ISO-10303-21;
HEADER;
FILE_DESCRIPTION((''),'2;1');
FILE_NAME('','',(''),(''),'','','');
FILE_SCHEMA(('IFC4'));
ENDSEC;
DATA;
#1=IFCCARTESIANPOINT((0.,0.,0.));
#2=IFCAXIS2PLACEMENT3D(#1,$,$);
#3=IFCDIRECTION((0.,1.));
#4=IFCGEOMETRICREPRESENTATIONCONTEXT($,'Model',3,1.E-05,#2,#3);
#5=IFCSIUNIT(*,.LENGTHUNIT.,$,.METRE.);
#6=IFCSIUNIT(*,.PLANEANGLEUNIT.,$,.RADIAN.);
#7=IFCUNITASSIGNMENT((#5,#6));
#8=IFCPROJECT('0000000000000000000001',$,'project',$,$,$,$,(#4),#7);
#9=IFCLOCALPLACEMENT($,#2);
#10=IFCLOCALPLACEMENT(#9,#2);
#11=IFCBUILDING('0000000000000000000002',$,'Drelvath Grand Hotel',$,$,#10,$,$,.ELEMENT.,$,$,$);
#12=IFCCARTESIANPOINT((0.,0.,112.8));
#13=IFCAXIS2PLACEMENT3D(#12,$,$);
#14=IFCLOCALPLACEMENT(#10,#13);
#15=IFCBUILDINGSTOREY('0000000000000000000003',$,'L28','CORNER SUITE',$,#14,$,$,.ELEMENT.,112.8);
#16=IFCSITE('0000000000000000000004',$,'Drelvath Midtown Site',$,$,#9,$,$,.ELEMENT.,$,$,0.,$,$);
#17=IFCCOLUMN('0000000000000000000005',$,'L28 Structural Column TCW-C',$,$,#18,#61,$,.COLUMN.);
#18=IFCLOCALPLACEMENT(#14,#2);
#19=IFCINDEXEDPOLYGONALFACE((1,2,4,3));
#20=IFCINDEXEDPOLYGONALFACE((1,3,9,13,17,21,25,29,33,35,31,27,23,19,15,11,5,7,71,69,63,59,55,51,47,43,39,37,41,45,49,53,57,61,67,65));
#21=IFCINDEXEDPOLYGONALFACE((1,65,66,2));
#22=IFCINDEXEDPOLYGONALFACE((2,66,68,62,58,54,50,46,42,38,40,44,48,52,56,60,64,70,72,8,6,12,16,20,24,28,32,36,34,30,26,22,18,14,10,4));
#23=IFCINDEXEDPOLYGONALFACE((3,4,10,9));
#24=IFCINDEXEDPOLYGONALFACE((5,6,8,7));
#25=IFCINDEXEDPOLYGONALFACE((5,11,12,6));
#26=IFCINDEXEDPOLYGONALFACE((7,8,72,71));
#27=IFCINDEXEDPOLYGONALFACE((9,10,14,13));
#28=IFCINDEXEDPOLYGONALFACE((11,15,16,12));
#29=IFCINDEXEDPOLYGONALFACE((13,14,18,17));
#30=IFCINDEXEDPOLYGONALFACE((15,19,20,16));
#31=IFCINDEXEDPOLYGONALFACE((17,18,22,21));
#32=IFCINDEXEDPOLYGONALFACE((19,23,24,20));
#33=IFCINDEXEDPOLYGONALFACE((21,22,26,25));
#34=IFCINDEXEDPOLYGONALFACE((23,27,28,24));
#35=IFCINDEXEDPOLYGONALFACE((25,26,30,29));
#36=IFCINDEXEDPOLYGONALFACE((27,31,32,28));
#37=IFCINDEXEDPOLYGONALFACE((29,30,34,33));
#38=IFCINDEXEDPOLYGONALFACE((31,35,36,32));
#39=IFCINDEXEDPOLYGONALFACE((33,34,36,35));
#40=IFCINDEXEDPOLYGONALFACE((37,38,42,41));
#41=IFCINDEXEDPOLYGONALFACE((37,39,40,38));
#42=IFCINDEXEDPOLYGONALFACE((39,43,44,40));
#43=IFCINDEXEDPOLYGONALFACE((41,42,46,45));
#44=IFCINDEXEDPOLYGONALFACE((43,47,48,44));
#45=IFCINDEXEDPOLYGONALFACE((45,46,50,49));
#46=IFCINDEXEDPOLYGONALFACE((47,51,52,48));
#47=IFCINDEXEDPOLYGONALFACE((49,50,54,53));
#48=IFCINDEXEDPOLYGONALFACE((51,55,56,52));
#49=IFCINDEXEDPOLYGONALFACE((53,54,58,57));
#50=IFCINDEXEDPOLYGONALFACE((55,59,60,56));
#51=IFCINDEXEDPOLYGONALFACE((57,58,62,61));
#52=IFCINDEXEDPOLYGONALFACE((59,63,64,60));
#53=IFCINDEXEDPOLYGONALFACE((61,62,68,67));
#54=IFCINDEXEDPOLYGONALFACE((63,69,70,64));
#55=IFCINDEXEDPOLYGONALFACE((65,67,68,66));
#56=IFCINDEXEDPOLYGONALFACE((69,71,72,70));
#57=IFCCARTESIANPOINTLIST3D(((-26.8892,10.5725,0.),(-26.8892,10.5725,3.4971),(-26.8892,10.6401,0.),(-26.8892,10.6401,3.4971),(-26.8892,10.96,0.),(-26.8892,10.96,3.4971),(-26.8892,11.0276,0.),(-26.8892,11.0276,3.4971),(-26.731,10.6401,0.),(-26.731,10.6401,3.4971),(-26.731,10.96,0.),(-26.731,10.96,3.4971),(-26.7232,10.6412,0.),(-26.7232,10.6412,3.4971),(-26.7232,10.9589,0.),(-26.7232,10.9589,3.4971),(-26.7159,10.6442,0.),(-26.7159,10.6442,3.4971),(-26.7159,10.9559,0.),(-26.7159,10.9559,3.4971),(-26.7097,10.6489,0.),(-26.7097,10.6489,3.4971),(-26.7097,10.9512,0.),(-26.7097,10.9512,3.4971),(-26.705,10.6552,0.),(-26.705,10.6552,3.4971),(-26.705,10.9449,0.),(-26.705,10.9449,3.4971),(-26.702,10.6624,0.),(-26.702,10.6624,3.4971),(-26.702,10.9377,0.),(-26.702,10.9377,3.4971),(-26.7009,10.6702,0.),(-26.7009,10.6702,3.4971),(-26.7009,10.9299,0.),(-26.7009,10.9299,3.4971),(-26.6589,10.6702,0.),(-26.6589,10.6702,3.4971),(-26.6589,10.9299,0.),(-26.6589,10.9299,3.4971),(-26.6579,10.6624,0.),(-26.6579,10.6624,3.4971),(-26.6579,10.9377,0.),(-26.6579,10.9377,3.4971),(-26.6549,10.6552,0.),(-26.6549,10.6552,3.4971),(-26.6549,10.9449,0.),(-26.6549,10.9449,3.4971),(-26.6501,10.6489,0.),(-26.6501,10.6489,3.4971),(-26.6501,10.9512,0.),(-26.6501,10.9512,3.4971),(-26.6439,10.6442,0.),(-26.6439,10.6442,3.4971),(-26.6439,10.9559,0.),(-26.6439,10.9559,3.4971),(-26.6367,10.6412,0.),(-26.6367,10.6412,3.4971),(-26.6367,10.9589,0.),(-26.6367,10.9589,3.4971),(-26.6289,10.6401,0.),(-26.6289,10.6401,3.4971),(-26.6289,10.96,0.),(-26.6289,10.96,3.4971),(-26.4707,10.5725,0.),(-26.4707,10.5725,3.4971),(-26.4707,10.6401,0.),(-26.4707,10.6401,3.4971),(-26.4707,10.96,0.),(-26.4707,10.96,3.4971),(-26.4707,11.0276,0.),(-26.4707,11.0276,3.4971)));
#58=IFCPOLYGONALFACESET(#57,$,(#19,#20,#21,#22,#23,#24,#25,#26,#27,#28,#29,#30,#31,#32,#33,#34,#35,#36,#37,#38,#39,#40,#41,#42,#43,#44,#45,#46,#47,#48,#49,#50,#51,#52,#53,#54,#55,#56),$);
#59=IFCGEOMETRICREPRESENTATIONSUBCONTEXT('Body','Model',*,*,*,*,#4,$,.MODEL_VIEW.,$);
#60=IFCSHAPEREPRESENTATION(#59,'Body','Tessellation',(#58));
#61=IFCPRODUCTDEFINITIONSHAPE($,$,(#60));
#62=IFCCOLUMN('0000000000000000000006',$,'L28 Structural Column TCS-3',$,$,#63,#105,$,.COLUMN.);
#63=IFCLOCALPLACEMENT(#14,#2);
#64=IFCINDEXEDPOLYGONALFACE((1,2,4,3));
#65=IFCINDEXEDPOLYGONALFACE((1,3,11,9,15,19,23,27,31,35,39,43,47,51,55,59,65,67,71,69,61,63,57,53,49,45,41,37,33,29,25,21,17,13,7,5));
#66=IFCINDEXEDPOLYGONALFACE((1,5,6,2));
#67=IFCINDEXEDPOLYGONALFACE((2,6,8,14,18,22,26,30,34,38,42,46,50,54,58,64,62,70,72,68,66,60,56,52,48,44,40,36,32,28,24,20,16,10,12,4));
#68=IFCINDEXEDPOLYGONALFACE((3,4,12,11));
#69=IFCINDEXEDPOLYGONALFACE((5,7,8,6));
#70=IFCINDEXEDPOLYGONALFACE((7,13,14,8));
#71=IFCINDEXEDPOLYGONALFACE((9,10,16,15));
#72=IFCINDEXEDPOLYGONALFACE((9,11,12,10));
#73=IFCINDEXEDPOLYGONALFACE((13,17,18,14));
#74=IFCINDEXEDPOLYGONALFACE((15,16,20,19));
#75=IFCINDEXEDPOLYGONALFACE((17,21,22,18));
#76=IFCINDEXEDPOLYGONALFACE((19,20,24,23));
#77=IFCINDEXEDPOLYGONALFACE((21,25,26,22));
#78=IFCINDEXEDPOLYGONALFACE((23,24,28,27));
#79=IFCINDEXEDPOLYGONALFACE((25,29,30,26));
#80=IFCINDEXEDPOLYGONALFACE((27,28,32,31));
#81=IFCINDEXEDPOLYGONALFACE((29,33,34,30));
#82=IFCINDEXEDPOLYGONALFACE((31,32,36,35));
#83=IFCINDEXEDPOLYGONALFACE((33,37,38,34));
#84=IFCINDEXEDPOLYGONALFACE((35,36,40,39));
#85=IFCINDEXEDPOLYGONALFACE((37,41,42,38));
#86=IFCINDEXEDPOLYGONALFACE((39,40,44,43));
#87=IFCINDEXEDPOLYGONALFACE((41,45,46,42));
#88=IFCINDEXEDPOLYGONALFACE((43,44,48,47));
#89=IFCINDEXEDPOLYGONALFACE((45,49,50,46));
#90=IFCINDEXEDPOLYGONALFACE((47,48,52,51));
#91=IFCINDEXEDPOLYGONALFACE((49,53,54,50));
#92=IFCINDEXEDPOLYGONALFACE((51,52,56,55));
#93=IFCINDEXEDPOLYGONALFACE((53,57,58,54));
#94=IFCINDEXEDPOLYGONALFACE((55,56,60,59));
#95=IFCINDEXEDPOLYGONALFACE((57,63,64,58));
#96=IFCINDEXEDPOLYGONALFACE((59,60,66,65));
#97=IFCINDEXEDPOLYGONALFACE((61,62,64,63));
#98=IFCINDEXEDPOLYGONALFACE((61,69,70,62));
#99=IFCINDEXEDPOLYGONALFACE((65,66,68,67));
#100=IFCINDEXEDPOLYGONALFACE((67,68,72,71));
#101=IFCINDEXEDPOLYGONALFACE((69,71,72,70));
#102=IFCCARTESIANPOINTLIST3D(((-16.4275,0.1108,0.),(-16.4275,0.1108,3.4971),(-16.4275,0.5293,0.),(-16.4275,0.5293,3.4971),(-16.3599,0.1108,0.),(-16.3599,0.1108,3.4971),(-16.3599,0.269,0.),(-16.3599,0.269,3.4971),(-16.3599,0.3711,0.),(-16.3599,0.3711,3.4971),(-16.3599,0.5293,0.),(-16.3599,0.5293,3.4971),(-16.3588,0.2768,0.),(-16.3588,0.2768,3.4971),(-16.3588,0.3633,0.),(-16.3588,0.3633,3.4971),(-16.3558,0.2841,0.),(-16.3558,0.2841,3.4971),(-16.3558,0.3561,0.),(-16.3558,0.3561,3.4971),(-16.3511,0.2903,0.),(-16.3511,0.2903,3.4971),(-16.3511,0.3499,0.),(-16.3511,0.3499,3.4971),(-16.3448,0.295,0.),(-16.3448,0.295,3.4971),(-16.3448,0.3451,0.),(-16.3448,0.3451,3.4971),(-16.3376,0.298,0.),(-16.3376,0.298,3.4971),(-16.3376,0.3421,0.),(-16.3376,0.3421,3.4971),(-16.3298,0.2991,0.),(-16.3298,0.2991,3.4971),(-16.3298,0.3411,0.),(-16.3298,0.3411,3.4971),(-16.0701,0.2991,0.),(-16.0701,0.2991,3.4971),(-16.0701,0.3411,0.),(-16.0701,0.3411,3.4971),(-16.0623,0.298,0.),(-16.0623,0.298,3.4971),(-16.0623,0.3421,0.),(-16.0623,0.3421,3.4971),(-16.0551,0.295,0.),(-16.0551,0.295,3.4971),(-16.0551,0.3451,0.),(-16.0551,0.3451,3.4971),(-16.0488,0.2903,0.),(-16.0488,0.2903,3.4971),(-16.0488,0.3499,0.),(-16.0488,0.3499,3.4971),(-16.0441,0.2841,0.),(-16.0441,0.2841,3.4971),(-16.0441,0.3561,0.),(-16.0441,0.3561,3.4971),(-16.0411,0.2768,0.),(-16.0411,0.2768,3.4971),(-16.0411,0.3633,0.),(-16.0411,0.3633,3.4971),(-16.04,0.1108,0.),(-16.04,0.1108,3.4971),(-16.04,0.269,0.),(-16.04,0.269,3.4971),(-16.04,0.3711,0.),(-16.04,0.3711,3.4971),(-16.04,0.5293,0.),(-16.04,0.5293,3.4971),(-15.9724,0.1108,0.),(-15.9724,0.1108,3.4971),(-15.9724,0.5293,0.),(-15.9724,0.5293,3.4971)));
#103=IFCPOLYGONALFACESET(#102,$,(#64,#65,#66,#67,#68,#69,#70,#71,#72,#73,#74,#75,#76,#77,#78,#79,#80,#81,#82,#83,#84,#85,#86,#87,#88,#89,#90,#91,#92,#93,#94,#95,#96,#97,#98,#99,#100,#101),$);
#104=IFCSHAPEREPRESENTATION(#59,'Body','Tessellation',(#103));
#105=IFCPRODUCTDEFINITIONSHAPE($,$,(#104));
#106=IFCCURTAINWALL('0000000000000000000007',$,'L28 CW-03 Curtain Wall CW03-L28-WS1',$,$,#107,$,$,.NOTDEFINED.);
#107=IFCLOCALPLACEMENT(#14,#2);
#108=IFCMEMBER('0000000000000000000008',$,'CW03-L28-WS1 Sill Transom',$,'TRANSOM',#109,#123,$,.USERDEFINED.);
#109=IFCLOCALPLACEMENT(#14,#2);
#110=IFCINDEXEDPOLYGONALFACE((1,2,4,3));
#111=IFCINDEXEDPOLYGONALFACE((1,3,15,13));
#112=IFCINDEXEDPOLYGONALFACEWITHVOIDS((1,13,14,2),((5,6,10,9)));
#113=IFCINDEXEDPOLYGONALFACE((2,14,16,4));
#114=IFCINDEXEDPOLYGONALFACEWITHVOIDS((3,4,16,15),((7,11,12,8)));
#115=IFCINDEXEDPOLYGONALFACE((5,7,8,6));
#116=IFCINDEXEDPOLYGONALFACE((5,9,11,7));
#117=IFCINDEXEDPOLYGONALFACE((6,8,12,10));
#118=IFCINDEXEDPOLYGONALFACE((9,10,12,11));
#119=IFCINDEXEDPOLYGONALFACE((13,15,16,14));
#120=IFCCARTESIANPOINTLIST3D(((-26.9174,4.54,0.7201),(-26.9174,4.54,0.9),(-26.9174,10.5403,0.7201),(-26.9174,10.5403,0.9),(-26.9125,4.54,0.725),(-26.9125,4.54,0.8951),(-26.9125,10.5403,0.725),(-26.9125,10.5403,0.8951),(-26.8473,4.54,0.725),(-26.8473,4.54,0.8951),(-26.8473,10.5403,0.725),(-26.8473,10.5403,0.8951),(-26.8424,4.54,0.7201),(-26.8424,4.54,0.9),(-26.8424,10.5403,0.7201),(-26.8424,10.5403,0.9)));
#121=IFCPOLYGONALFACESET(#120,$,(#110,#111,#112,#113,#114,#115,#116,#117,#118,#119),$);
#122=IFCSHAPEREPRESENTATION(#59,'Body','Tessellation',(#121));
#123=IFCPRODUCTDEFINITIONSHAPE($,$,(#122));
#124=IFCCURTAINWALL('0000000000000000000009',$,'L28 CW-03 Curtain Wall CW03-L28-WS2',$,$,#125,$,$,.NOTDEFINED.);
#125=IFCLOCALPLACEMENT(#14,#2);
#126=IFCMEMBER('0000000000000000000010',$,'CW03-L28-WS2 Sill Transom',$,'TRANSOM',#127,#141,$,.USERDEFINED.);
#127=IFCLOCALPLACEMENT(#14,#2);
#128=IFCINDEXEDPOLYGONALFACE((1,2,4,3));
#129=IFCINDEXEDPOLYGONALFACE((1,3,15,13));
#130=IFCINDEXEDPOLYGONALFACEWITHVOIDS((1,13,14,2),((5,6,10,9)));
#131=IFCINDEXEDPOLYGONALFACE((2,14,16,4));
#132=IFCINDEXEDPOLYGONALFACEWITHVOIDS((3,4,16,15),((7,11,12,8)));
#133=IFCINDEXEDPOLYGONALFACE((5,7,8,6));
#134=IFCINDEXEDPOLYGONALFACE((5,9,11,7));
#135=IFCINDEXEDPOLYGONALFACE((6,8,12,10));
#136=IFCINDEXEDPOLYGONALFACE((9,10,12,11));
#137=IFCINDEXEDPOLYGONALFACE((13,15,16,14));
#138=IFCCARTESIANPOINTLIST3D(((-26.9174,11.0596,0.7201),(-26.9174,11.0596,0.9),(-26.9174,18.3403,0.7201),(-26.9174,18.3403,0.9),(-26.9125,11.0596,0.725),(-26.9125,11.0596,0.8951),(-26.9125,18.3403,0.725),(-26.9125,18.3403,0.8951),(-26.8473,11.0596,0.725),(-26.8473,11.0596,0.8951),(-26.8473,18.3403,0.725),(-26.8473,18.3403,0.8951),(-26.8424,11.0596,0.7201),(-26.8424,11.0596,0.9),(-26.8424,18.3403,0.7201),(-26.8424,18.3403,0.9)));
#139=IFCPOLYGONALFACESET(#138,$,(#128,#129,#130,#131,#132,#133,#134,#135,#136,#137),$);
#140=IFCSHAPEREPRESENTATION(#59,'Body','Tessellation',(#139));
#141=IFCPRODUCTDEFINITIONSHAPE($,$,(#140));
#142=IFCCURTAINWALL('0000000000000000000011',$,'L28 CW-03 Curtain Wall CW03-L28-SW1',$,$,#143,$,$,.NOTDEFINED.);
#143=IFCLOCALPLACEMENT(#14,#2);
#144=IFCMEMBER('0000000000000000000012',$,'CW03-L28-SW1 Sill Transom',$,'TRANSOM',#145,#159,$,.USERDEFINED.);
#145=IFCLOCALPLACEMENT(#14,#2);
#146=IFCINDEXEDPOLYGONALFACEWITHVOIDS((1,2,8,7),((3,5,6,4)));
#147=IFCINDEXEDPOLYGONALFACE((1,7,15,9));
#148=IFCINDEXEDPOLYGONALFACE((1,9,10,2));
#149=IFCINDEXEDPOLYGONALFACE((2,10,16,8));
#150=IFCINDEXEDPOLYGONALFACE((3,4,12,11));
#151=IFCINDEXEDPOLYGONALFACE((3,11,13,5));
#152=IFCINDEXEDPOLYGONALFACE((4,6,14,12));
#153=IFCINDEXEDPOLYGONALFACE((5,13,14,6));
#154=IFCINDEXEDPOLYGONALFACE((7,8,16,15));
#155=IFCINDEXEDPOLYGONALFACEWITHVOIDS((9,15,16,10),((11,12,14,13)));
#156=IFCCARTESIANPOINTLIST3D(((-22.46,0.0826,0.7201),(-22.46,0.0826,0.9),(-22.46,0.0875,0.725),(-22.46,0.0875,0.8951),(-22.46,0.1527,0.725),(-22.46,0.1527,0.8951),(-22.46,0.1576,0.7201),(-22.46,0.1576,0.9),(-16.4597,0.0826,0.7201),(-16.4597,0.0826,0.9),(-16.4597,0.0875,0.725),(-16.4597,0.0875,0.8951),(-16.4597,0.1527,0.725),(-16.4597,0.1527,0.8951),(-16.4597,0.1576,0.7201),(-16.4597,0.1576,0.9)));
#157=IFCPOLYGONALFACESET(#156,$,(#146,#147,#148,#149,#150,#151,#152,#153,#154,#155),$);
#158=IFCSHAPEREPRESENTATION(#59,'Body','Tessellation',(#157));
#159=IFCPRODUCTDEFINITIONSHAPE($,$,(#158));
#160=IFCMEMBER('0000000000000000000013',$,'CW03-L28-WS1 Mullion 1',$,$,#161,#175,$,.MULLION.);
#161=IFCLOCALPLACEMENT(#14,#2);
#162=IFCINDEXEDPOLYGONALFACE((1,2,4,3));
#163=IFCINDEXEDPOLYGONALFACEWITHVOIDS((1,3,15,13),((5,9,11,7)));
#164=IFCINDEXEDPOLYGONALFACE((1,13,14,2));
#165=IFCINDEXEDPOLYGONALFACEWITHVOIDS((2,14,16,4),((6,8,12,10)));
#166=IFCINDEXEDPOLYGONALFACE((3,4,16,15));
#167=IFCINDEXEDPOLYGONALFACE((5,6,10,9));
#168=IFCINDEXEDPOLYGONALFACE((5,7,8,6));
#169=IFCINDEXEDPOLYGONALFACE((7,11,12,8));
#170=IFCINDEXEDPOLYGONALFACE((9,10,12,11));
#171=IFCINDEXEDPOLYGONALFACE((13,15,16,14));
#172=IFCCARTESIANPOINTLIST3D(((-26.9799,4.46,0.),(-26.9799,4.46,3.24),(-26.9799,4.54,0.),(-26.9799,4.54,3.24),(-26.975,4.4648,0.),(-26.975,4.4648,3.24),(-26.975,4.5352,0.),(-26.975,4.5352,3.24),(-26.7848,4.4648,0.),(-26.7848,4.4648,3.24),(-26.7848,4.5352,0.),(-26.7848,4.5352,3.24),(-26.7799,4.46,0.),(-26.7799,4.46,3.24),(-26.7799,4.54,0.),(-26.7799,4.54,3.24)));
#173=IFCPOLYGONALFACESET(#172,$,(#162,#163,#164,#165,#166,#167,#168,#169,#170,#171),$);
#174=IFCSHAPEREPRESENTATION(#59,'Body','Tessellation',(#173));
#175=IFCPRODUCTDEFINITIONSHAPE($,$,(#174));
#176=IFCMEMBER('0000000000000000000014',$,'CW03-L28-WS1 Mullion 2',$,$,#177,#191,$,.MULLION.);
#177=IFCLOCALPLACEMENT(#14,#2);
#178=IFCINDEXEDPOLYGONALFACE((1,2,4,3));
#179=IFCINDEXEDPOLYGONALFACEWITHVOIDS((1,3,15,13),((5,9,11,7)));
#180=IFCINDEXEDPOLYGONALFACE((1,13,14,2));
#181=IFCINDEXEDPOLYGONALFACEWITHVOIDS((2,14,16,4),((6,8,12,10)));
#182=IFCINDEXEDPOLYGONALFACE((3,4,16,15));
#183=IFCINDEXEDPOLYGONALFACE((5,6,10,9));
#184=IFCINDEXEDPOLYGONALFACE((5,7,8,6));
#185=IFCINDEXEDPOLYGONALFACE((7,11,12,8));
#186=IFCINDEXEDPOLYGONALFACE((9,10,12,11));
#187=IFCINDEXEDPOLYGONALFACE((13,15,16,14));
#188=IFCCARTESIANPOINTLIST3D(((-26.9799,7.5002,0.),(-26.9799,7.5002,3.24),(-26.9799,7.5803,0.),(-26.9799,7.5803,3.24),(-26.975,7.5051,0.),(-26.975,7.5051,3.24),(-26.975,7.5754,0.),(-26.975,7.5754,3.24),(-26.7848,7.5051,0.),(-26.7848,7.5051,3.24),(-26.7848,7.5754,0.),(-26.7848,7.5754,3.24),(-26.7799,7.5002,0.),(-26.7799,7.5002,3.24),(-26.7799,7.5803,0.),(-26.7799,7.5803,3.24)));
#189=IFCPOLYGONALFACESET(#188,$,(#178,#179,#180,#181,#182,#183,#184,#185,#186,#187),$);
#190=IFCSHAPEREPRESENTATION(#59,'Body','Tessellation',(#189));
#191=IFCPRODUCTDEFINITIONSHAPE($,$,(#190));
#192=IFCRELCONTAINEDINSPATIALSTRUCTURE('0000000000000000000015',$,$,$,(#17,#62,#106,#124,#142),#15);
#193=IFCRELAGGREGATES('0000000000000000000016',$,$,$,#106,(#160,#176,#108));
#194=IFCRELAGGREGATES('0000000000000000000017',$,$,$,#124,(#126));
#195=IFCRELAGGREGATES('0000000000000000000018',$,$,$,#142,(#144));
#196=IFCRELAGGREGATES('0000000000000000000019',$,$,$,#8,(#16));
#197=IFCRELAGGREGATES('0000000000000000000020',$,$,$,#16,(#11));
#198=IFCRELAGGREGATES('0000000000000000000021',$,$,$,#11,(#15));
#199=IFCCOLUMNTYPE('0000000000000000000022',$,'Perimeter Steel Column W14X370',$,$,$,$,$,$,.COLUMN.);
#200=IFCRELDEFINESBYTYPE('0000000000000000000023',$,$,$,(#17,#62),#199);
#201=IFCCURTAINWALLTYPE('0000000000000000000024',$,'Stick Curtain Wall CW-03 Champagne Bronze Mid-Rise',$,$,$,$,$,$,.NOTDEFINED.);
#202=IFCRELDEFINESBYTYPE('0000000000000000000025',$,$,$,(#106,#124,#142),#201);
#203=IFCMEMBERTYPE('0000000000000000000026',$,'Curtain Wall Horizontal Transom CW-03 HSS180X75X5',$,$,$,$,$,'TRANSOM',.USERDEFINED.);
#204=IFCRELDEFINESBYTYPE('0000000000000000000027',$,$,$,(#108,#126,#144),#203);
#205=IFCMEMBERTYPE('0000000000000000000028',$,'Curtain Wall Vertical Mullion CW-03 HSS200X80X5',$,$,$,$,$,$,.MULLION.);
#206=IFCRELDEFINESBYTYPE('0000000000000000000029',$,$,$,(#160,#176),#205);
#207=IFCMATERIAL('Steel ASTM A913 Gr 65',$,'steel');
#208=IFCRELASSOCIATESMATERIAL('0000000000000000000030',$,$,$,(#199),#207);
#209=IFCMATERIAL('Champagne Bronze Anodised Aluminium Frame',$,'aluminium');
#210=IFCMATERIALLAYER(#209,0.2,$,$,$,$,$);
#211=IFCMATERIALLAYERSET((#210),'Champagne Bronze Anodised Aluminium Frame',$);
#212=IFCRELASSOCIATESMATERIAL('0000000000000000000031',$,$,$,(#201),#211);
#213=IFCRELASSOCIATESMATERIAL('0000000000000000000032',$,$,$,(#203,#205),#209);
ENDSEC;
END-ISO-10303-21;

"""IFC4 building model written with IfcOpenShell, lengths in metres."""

from ifc_helpers import new_model, si_unit, direction, frame, origin, origin_2d, place, context, subcontext, project, spatial, hollow_rectangle, i_section, extrude, material, layer, layer_set, material_profile, profile_set, type_object, element, aggregate, save


model = new_model("IFC4")

# Units and contexts
model_context = context("Model", 3, precision=1e-05, world=origin(), true_north=direction((0.0, 1.0)))
body_context = subcontext(model_context, "Body", "Model", "MODEL_VIEW")
ifc_project = project(units=[si_unit("LENGTHUNIT", "METRE"), si_unit("PLANEANGLEUNIT", "RADIAN")], contexts=[model_context])

# Site, building, storey
site_placement = place(None, origin())
site = spatial("IfcSite", under=ifc_project, at=site_placement, Name="Drelvath Midtown Site", CompositionType="ELEMENT", RefElevation=0.0)
building_placement = place(site_placement, origin())
building = spatial("IfcBuilding", under=site, at=building_placement, Name="Drelvath Grand Hotel", CompositionType="ELEMENT")
storey_placement = place(building_placement, frame((0.0, 0.0, 112.8)))
storey = spatial("IfcBuildingStorey", under=building, at=storey_placement, Name="L28", Description="CORNER SUITE", CompositionType="ELEMENT", Elevation=112.8)

# Columns
ifc_material_1 = material(Name="Steel ASTM A913 Gr 65", Category="steel")
ifc_material_profile_1 = material_profile(ifc_material_1, i_section(OverallWidth=0.4185, OverallDepth=0.4551, WebThickness=0.042, FlangeThickness=0.0676, FilletRadius=0.03, at=origin_2d()), Name="W14X370")
ifc_profile_set_1 = profile_set([ifc_material_profile_1], Name="Steel ASTM A913 Gr 65")
column_type = type_object("IfcColumnType", Name="Perimeter Steel Column W14X370", PredefinedType="COLUMN", material=ifc_profile_set_1)
for number, where, z_axis, x_axis, name in (
    (1, (-26.6799, 10.8, 0.0), (0.0, 0.0, 1.0), (1.0, 0.0, 0.0), "L28 Structural Column TCW-C"),
    (2, (-16.2, 0.3201, 0.0), (0.0, 0.0, 1.0), (0.0, 1.0, 0.0), "L28 Structural Column TCS-3"),
):
    element("IfcColumn", number, at=place(storey_placement, frame(where, z_axis=z_axis, x_axis=x_axis)), inside=storey, type_object=column_type, Name=name, PredefinedType="COLUMN", context=body_context, shape_type="SweptSolid", body=[
        extrude(i_section(OverallWidth=0.4185, OverallDepth=0.4551, WebThickness=0.042, FlangeThickness=0.0676, FilletRadius=0.03, at=origin_2d()), origin(), (0.0, 0.0, 1.0), 3.4971),
    ])

# Curtain walls, members
ifc_material_2 = material(Name="Champagne Bronze Anodised Aluminium Frame", Category="aluminium")
ifc_layer_1 = layer(ifc_material_2, 0.2)
ifc_layer_set_1 = layer_set([ifc_layer_1], Name="Champagne Bronze Anodised Aluminium Frame")
curtain_wall_type = type_object("IfcCurtainWallType", Name="Stick Curtain Wall CW-03 Champagne Bronze Mid-Rise", PredefinedType="NOTDEFINED", material=ifc_layer_set_1)
curtain_wall_1_placement = place(storey_placement, origin())
curtain_wall_1 = element("IfcCurtainWall", 3, at=curtain_wall_1_placement, inside=storey, type_object=curtain_wall_type, Name="L28 CW-03 Curtain Wall CW03-L28-WS1", PredefinedType="NOTDEFINED")
ifc_material_profile_2 = material_profile(ifc_material_2, hollow_rectangle(XDim=0.075, YDim=0.1799, WallThickness=0.0049, at=origin_2d()), Name="HSS180X75X5")
ifc_profile_set_2 = profile_set([ifc_material_profile_2], Name="Champagne Bronze Anodised Aluminium Frame")
member_type_1 = type_object("IfcMemberType", Name="Curtain Wall Horizontal Transom CW-03 HSS180X75X5", ElementType="TRANSOM", PredefinedType="USERDEFINED", material=ifc_profile_set_2)
member_1_placement = place(storey_placement, frame((-26.8799, 4.54, 0.8101), z_axis=(0.0, 1.0, 0.0), x_axis=(-1.0, 0.0, 0.0)))
member_1 = element("IfcMember", 4, at=member_1_placement, type_object=member_type_1, Name="CW03-L28-WS1 Sill Transom", ObjectType="TRANSOM", PredefinedType="USERDEFINED", context=body_context, shape_type="SweptSolid", body=[
    extrude(hollow_rectangle(XDim=0.075, YDim=0.1799, WallThickness=0.0049, at=origin_2d()), origin(), (0.0, 0.0, 1.0), 6.0002),
])
curtain_wall_2_placement = place(storey_placement, origin())
curtain_wall_2 = element("IfcCurtainWall", 5, at=curtain_wall_2_placement, inside=storey, type_object=curtain_wall_type, Name="L28 CW-03 Curtain Wall CW03-L28-WS2", PredefinedType="NOTDEFINED")
member_2_placement = place(storey_placement, frame((-26.8799, 11.0596, 0.8101), z_axis=(0.0, 1.0, 0.0), x_axis=(-1.0, 0.0, 0.0)))
member_2 = element("IfcMember", 6, at=member_2_placement, type_object=member_type_1, Name="CW03-L28-WS2 Sill Transom", ObjectType="TRANSOM", PredefinedType="USERDEFINED", context=body_context, shape_type="SweptSolid", body=[
    extrude(hollow_rectangle(XDim=0.075, YDim=0.1799, WallThickness=0.0049, at=origin_2d()), origin(), (0.0, 0.0, 1.0), 7.2808),
])
curtain_wall_3_placement = place(storey_placement, origin())
curtain_wall_3 = element("IfcCurtainWall", 7, at=curtain_wall_3_placement, inside=storey, type_object=curtain_wall_type, Name="L28 CW-03 Curtain Wall CW03-L28-SW1", PredefinedType="NOTDEFINED")
member_3_placement = place(storey_placement, frame((-16.4597, 0.1201, 0.8101), z_axis=(-1.0, 0.0, 0.0), x_axis=(0.0, -1.0, 0.0)))
member_3 = element("IfcMember", 8, at=member_3_placement, type_object=member_type_1, Name="CW03-L28-SW1 Sill Transom", ObjectType="TRANSOM", PredefinedType="USERDEFINED", context=body_context, shape_type="SweptSolid", body=[
    extrude(hollow_rectangle(XDim=0.075, YDim=0.1799, WallThickness=0.0049, at=origin_2d()), origin(), (0.0, 0.0, 1.0), 6.0002),
])

# Members
ifc_material_profile_3 = material_profile(ifc_material_2, hollow_rectangle(XDim=0.0801, YDim=0.2, WallThickness=0.0049, at=origin_2d()), Name="HSS200X80X5")
ifc_profile_set_3 = profile_set([ifc_material_profile_3], Name="Champagne Bronze Anodised Aluminium Frame")
member_type_2 = type_object("IfcMemberType", Name="Curtain Wall Vertical Mullion CW-03 HSS200X80X5", PredefinedType="MULLION", material=ifc_profile_set_3)
member_4_placement = place(storey_placement, frame((-26.8799, 4.5, 0.0), z_axis=(0.0, 0.0, 1.0), x_axis=(0.0, 1.0, 0.0)))
member_4 = element("IfcMember", 9, at=member_4_placement, type_object=member_type_2, Name="CW03-L28-WS1 Mullion 1", PredefinedType="MULLION", context=body_context, shape_type="SweptSolid", body=[
    extrude(hollow_rectangle(XDim=0.0801, YDim=0.2, WallThickness=0.0049, at=origin_2d()), origin(), (0.0, 0.0, 1.0), 3.24),
])
member_5_placement = place(storey_placement, frame((-26.8799, 7.5403, 0.0), z_axis=(0.0, 0.0, 1.0), x_axis=(0.0, 1.0, 0.0)))
member_5 = element("IfcMember", 10, at=member_5_placement, type_object=member_type_2, Name="CW03-L28-WS1 Mullion 2", PredefinedType="MULLION", context=body_context, shape_type="SweptSolid", body=[
    extrude(hollow_rectangle(XDim=0.0801, YDim=0.2, WallThickness=0.0049, at=origin_2d()), origin(), (0.0, 0.0, 1.0), 3.24),
])

aggregate(curtain_wall_1, [member_4, member_5, member_1])
aggregate(curtain_wall_2, [member_2])
aggregate(curtain_wall_3, [member_3])

save(model, "model.ifc")
